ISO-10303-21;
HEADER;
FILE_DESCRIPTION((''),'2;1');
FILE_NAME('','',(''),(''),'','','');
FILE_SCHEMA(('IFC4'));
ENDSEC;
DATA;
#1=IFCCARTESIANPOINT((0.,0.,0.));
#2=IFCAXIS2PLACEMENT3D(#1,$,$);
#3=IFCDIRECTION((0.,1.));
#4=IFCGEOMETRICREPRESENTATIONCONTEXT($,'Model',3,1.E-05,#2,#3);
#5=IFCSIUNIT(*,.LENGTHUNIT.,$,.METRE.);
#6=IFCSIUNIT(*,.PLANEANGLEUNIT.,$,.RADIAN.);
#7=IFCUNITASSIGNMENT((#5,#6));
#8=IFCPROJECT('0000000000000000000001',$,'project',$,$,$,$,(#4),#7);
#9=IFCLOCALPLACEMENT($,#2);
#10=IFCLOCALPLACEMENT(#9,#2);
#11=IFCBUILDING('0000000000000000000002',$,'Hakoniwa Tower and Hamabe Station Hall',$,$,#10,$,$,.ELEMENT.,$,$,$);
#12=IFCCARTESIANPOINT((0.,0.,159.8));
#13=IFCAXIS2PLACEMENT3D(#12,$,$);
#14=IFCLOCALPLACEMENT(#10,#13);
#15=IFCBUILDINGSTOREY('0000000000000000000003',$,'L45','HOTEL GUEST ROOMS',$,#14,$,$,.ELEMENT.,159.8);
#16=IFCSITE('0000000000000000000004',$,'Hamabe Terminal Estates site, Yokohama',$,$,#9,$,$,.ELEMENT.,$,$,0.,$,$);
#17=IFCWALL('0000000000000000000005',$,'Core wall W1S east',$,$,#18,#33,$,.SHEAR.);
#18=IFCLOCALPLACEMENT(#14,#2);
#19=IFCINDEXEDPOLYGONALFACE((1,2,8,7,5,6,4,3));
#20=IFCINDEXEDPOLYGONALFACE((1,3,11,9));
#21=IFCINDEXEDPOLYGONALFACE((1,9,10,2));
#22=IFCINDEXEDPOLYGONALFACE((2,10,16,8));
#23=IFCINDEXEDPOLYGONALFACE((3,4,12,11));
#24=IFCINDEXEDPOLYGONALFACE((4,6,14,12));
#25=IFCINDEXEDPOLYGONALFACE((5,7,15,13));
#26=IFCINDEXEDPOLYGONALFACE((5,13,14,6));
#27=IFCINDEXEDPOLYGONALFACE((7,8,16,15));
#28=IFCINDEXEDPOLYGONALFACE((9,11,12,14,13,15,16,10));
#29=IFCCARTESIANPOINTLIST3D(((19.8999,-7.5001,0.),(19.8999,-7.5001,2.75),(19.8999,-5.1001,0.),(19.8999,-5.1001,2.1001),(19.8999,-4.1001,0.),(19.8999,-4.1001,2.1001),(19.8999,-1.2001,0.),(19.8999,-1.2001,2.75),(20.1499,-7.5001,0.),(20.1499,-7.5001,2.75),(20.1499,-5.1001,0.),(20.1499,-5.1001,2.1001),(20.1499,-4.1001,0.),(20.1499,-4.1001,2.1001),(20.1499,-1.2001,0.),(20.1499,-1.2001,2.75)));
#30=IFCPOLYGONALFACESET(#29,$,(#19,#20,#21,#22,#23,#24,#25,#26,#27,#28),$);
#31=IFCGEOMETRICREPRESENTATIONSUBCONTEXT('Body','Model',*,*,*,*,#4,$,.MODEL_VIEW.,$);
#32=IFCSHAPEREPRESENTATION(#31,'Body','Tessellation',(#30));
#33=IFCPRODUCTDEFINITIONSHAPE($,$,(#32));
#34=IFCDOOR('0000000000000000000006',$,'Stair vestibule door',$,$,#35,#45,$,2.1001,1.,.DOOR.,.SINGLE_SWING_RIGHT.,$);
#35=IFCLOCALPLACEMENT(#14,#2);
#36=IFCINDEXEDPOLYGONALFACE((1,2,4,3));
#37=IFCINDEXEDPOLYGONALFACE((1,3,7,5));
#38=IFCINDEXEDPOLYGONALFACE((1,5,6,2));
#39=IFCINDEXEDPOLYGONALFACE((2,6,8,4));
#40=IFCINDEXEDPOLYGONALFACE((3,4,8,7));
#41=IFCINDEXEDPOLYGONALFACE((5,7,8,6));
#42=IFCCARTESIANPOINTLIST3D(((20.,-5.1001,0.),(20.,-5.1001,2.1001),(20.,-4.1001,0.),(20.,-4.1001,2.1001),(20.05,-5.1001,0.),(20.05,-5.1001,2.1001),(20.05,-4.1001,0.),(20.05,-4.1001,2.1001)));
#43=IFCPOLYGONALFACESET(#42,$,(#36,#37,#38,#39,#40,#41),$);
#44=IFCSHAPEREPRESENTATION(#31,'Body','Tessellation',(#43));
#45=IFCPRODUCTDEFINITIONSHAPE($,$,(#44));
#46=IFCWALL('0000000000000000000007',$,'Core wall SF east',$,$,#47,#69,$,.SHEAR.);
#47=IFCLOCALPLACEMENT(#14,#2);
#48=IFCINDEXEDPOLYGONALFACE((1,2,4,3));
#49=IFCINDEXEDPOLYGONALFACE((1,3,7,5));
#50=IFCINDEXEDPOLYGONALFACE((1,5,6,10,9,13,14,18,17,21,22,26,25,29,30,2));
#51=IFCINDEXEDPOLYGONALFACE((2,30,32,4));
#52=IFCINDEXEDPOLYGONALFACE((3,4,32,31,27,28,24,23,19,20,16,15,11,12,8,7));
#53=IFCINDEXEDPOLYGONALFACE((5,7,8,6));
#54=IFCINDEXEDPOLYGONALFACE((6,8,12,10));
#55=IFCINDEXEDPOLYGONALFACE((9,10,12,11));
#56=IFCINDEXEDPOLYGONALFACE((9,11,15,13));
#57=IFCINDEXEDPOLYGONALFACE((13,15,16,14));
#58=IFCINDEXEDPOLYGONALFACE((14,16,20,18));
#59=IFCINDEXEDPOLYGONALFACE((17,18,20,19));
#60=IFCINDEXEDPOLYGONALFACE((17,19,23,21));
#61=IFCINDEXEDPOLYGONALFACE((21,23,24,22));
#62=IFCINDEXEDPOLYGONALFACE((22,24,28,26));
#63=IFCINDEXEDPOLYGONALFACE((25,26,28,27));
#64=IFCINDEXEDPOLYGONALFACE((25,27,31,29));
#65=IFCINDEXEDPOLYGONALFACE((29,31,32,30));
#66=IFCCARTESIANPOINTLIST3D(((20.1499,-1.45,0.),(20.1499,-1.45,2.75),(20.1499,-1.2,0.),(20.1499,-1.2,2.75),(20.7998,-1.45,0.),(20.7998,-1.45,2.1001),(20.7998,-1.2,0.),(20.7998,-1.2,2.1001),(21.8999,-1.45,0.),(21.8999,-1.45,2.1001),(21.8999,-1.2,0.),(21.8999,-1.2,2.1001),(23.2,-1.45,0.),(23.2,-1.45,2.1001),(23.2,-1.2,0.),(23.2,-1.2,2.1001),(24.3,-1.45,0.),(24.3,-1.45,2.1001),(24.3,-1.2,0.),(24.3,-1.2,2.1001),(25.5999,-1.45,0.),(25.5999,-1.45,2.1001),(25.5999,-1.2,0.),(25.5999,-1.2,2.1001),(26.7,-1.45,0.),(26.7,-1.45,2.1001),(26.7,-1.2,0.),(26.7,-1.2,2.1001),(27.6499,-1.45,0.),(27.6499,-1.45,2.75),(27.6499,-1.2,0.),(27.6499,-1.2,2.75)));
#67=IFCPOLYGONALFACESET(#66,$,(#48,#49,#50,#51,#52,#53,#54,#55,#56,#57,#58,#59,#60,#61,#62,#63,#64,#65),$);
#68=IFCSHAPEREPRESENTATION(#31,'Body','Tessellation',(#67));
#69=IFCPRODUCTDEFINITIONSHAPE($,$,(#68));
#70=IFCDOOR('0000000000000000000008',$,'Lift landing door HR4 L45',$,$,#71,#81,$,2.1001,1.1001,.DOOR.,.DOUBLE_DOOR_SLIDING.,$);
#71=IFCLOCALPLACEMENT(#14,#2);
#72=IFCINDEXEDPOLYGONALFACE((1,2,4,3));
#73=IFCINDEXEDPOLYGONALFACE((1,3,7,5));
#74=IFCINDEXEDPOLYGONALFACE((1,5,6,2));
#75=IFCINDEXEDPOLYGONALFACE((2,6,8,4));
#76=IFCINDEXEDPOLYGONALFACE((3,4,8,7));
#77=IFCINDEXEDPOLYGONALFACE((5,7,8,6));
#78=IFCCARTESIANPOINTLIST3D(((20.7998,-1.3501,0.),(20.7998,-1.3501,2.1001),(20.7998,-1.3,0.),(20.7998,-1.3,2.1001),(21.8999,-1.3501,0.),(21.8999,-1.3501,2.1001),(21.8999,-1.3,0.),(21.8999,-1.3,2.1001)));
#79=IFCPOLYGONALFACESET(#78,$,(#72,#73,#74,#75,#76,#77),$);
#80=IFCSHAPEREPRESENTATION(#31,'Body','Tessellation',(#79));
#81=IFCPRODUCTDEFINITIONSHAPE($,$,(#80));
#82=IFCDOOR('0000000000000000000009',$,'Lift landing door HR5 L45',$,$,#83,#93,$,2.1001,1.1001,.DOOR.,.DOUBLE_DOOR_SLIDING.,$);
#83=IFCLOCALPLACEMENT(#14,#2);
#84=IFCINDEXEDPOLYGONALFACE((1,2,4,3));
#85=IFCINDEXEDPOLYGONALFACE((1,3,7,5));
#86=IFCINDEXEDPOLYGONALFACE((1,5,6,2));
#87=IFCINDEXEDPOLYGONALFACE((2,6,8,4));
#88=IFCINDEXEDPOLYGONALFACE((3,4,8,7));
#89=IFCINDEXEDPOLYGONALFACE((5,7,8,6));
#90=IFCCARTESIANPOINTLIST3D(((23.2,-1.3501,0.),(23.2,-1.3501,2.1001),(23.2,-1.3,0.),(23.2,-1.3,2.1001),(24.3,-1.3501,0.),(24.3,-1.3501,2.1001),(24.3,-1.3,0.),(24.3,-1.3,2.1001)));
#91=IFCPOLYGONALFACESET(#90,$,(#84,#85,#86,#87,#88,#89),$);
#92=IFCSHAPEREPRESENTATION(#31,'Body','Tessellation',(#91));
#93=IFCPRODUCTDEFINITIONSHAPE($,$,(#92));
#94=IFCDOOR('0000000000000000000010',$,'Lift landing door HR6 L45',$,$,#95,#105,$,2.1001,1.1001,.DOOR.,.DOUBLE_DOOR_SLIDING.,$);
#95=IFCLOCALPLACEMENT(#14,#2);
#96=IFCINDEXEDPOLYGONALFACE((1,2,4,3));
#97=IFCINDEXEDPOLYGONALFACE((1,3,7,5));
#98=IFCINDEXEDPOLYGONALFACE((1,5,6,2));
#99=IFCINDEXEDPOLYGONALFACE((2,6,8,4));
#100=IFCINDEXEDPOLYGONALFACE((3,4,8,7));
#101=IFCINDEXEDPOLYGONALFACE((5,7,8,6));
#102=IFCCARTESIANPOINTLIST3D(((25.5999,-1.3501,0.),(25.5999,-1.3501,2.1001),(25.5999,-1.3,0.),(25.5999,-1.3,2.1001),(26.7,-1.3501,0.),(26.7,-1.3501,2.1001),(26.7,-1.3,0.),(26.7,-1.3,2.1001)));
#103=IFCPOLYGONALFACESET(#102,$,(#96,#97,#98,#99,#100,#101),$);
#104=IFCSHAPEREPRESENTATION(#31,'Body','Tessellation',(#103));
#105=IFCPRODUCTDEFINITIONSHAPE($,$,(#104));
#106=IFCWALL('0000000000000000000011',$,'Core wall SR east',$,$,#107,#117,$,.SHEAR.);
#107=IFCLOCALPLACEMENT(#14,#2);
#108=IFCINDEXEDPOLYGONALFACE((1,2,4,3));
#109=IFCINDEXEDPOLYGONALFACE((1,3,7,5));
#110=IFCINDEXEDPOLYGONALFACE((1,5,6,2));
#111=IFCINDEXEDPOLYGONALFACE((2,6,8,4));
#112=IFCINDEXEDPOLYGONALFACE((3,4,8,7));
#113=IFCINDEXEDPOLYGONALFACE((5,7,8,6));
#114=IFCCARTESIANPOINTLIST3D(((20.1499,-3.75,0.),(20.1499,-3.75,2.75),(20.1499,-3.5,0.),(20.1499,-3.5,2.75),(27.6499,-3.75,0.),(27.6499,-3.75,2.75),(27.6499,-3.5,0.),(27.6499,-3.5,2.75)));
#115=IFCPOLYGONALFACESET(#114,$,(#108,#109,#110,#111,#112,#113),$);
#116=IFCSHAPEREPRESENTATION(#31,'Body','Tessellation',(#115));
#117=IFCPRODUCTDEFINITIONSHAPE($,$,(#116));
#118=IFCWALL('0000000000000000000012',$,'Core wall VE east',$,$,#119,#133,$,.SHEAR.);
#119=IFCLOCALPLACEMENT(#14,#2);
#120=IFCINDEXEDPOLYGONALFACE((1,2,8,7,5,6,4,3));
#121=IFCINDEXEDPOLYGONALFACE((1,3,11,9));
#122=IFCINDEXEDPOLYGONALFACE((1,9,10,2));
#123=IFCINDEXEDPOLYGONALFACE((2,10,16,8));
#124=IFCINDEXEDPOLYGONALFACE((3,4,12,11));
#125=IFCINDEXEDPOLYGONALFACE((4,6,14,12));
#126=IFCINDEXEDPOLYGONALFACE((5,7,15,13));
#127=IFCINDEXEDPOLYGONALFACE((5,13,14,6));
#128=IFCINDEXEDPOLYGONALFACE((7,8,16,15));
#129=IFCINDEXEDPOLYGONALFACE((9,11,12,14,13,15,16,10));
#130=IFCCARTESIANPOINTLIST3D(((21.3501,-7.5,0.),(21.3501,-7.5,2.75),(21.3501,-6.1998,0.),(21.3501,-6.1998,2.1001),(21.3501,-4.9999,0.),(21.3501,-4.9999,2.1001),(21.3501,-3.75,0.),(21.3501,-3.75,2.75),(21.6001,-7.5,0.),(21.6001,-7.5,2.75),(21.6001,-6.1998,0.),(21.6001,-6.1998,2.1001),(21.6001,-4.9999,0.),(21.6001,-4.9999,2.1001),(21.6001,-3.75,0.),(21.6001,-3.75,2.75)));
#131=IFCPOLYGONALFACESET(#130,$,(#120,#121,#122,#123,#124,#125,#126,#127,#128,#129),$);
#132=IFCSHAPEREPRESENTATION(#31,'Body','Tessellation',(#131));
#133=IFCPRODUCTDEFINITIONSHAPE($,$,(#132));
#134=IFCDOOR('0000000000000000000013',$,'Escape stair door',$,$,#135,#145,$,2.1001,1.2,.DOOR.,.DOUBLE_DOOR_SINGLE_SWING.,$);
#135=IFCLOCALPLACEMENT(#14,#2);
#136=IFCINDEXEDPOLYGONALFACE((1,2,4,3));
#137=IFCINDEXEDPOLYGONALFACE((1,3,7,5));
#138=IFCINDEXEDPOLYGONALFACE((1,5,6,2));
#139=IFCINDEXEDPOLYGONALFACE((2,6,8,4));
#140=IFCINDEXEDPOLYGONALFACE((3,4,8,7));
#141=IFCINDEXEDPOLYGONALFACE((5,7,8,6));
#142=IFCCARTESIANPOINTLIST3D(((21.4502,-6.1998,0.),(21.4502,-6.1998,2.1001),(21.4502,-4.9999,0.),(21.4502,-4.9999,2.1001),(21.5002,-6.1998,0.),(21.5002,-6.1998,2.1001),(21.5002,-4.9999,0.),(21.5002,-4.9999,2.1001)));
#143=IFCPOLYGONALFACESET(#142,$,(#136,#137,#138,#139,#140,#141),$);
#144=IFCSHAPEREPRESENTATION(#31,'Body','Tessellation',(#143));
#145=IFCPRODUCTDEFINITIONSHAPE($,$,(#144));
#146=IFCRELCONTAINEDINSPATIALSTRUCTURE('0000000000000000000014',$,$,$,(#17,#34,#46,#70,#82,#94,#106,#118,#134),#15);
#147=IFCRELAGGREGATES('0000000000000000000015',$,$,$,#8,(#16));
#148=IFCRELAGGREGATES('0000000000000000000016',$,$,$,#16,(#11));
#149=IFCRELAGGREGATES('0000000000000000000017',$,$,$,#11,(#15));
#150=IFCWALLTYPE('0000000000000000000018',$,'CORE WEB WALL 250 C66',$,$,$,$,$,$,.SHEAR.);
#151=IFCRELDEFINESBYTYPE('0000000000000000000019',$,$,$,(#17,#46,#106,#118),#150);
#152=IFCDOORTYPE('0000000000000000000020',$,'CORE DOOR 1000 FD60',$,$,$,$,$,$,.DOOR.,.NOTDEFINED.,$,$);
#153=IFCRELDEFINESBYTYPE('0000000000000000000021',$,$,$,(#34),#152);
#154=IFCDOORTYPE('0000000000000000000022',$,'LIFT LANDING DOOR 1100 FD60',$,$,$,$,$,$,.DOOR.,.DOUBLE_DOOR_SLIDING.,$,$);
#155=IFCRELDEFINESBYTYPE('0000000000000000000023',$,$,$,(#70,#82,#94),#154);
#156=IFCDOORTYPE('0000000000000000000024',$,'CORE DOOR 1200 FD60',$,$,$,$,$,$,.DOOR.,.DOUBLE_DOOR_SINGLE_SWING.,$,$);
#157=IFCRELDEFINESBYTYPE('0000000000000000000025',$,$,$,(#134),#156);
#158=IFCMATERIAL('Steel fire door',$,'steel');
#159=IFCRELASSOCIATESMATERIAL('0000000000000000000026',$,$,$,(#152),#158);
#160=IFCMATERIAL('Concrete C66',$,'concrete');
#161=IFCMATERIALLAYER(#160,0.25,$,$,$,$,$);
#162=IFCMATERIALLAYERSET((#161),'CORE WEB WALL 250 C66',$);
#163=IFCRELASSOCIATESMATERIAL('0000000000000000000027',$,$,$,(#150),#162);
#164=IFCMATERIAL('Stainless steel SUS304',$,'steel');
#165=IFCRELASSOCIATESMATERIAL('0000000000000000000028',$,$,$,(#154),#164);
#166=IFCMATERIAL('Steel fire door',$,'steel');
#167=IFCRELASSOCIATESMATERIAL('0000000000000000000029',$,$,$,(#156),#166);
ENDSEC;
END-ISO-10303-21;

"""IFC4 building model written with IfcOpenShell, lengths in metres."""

from ifc_helpers import new_model, si_unit, direction, frame, frame_2d, origin, place, context, subcontext, project, spatial, rectangle, extrude, material, layer, layer_set, type_object, element, fill, save


model = new_model("IFC4")

# Units and contexts
model_context = context("Model", 3, precision=1e-05, world=origin(), true_north=direction((0.0, 1.0)))
body_context = subcontext(model_context, "Body", "Model", "MODEL_VIEW")
ifc_project = project(units=[si_unit("LENGTHUNIT", "METRE"), si_unit("PLANEANGLEUNIT", "RADIAN")], contexts=[model_context])

# Site, building, storey
site_placement = place(None, origin())
site = spatial("IfcSite", under=ifc_project, at=site_placement, Name="Hamabe Terminal Estates site, Yokohama", CompositionType="ELEMENT", RefElevation=0.0)
building_placement = place(site_placement, origin())
building = spatial("IfcBuilding", under=site, at=building_placement, Name="Hakoniwa Tower and Hamabe Station Hall", CompositionType="ELEMENT")
storey_placement = place(building_placement, frame((0.0, 0.0, 159.8)))
storey = spatial("IfcBuildingStorey", under=building, at=storey_placement, Name="L45", Description="HOTEL GUEST ROOMS", CompositionType="ELEMENT", Elevation=159.8)

# Wall, opening, door
ifc_material_1 = material(Name="Steel fire door", Category="steel")
door_type_1 = type_object("IfcDoorType", Name="CORE DOOR 1000 FD60", OperationType="NOTDEFINED", PredefinedType="DOOR", material=ifc_material_1)
ifc_material_2 = material(Name="Concrete C66", Category="concrete")
ifc_layer_1 = layer(ifc_material_2, 0.25)
ifc_layer_set_1 = layer_set([ifc_layer_1], Name="CORE WEB WALL 250 C66")
wall_type_1 = type_object("IfcWallType", Name="CORE WEB WALL 250 C66", PredefinedType="SHEAR", material=ifc_layer_set_1)
wall_1_placement = place(storey_placement, frame((20.0249, -7.5, 0.0), z_axis=(0.0, 0.0, 1.0), x_axis=(0.0, 1.0, 0.0)))
wall_1 = element("IfcWall", 1, at=wall_1_placement, inside=storey, type_object=wall_type_1, Name="Core wall W1S east", PredefinedType="SHEAR", context=body_context, shape_type="SweptSolid", body=[
    extrude(rectangle(XDim=6.3, YDim=0.25, at=frame_2d((3.1499, 0.0))), origin(), (0.0, 0.0, 1.0), 2.75),
])
opening_1_placement = place(wall_1_placement, frame((2.3999, 0.0, 0.0)))
opening_1 = element("IfcOpeningElement", 2, at=opening_1_placement, cuts=wall_1, PredefinedType="OPENING", context=body_context, shape_type="SweptSolid", body=[
    extrude(rectangle(XDim=1.0, YDim=2.1001, at=frame_2d((0.5, 1.05))), frame((0.0, 0.135, 0.0), z_axis=(0.0, -1.0, 0.0), x_axis=(1.0, 0.0, 0.0)), (0.0, 0.0, 1.0), 0.27),
])
door_1_placement = place(opening_1_placement, origin())
door_1 = element("IfcDoor", 3, at=door_1_placement, inside=storey, type_object=door_type_1, Name="Stair vestibule door", OperationType="SINGLE_SWING_RIGHT", OverallHeight=2.1001, OverallWidth=1.0, PredefinedType="DOOR", context=body_context, shape_type="SweptSolid", body=[
    extrude(rectangle(XDim=1.0, YDim=2.1001, at=frame_2d((0.5, 1.05))), frame((0.0, 0.0249, 0.0), z_axis=(0.0, -1.0, 0.0), x_axis=(1.0, 0.0, 0.0)), (0.0, 0.0, 1.0), 0.05),
])
fill(opening_1, door_1)

# Wall, openings, doors
wall_2_placement = place(storey_placement, frame((20.1499, -1.325, 0.0), z_axis=(0.0, 0.0, 1.0), x_axis=(1.0, 0.0, 0.0)))
wall_2 = element("IfcWall", 4, at=wall_2_placement, inside=storey, type_object=wall_type_1, Name="Core wall SF east", PredefinedType="SHEAR", context=body_context, shape_type="SweptSolid", body=[
    extrude(rectangle(XDim=7.5, YDim=0.25, at=frame_2d((3.75, 0.0))), origin(), (0.0, 0.0, 1.0), 2.75),
])
opening_2_placement = place(wall_2_placement, frame((0.6499, 0.0, 0.0)))
opening_2 = element("IfcOpeningElement", 5, at=opening_2_placement, cuts=wall_2, PredefinedType="OPENING", context=body_context, shape_type="SweptSolid", body=[
    extrude(rectangle(XDim=1.1001, YDim=2.1001, at=frame_2d((0.55, 1.05))), frame((0.0, 0.135, 0.0), z_axis=(0.0, -1.0, 0.0), x_axis=(1.0, 0.0, 0.0)), (0.0, 0.0, 1.0), 0.27),
])
opening_3_placement = place(wall_2_placement, frame((3.05, 0.0, 0.0)))
opening_3 = element("IfcOpeningElement", 6, at=opening_3_placement, cuts=wall_2, PredefinedType="OPENING", context=body_context, shape_type="SweptSolid", body=[
    extrude(rectangle(XDim=1.1001, YDim=2.1001, at=frame_2d((0.55, 1.05))), frame((0.0, 0.135, 0.0), z_axis=(0.0, -1.0, 0.0), x_axis=(1.0, 0.0, 0.0)), (0.0, 0.0, 1.0), 0.27),
])
opening_4_placement = place(wall_2_placement, frame((5.45, 0.0, 0.0)))
opening_4 = element("IfcOpeningElement", 7, at=opening_4_placement, cuts=wall_2, PredefinedType="OPENING", context=body_context, shape_type="SweptSolid", body=[
    extrude(rectangle(XDim=1.1001, YDim=2.1001, at=frame_2d((0.55, 1.05))), frame((0.0, 0.135, 0.0), z_axis=(0.0, -1.0, 0.0), x_axis=(1.0, 0.0, 0.0)), (0.0, 0.0, 1.0), 0.27),
])
ifc_material_3 = material(Name="Stainless steel SUS304", Category="steel")
door_type_2 = type_object("IfcDoorType", Name="LIFT LANDING DOOR 1100 FD60", OperationType="DOUBLE_DOOR_SLIDING", PredefinedType="DOOR", material=ifc_material_3)
door_2_placement = place(opening_2_placement, origin())
door_2 = element("IfcDoor", 8, at=door_2_placement, inside=storey, type_object=door_type_2, Name="Lift landing door HR4 L45", OperationType="DOUBLE_DOOR_SLIDING", OverallHeight=2.1001, OverallWidth=1.1001, PredefinedType="DOOR", context=body_context, shape_type="SweptSolid", body=[
    extrude(rectangle(XDim=1.1001, YDim=2.1001, at=frame_2d((0.55, 1.05))), frame((0.0, 0.0249, 0.0), z_axis=(0.0, -1.0, 0.0), x_axis=(1.0, 0.0, 0.0)), (0.0, 0.0, 1.0), 0.05),
])
fill(opening_2, door_2)
door_3_placement = place(opening_3_placement, origin())
door_3 = element("IfcDoor", 9, at=door_3_placement, inside=storey, type_object=door_type_2, Name="Lift landing door HR5 L45", OperationType="DOUBLE_DOOR_SLIDING", OverallHeight=2.1001, OverallWidth=1.1001, PredefinedType="DOOR", context=body_context, shape_type="SweptSolid", body=[
    extrude(rectangle(XDim=1.1001, YDim=2.1001, at=frame_2d((0.55, 1.05))), frame((0.0, 0.0249, 0.0), z_axis=(0.0, -1.0, 0.0), x_axis=(1.0, 0.0, 0.0)), (0.0, 0.0, 1.0), 0.05),
])
fill(opening_3, door_3)
door_4_placement = place(opening_4_placement, origin())
door_4 = element("IfcDoor", 10, at=door_4_placement, inside=storey, type_object=door_type_2, Name="Lift landing door HR6 L45", OperationType="DOUBLE_DOOR_SLIDING", OverallHeight=2.1001, OverallWidth=1.1001, PredefinedType="DOOR", context=body_context, shape_type="SweptSolid", body=[
    extrude(rectangle(XDim=1.1001, YDim=2.1001, at=frame_2d((0.55, 1.05))), frame((0.0, 0.0249, 0.0), z_axis=(0.0, -1.0, 0.0), x_axis=(1.0, 0.0, 0.0)), (0.0, 0.0, 1.0), 0.05),
])
fill(opening_4, door_4)

# Wall
wall_3_placement = place(storey_placement, frame((20.1499, -3.625, 0.0), z_axis=(0.0, 0.0, 1.0), x_axis=(1.0, 0.0, 0.0)))
element("IfcWall", 11, at=wall_3_placement, inside=storey, type_object=wall_type_1, Name="Core wall SR east", PredefinedType="SHEAR", context=body_context, shape_type="SweptSolid", body=[
    extrude(rectangle(XDim=7.5, YDim=0.25, at=frame_2d((3.75, 0.0))), origin(), (0.0, 0.0, 1.0), 2.75),
])

# Wall, opening, door
wall_4_placement = place(storey_placement, frame((21.4751, -7.5, 0.0), z_axis=(0.0, 0.0, 1.0), x_axis=(0.0, 1.0, 0.0)))
wall_4 = element("IfcWall", 12, at=wall_4_placement, inside=storey, type_object=wall_type_1, Name="Core wall VE east", PredefinedType="SHEAR", context=body_context, shape_type="SweptSolid", body=[
    extrude(rectangle(XDim=3.75, YDim=0.25, at=frame_2d((1.875, 0.0))), origin(), (0.0, 0.0, 1.0), 2.75),
])
opening_5_placement = place(wall_4_placement, frame((1.3, 0.0, 0.0)))
opening_5 = element("IfcOpeningElement", 13, at=opening_5_placement, cuts=wall_4, PredefinedType="OPENING", context=body_context, shape_type="SweptSolid", body=[
    extrude(rectangle(XDim=1.2, YDim=2.1001, at=frame_2d((0.6001, 1.05))), frame((0.0, 0.135, 0.0), z_axis=(0.0, -1.0, 0.0), x_axis=(1.0, 0.0, 0.0)), (0.0, 0.0, 1.0), 0.27),
])
ifc_material_4 = material(Name="Steel fire door", Category="steel")
door_type_3 = type_object("IfcDoorType", Name="CORE DOOR 1200 FD60", OperationType="DOUBLE_DOOR_SINGLE_SWING", PredefinedType="DOOR", material=ifc_material_4)
door_5_placement = place(opening_5_placement, origin())
door_5 = element("IfcDoor", 14, at=door_5_placement, inside=storey, type_object=door_type_3, Name="Escape stair door", OperationType="DOUBLE_DOOR_SINGLE_SWING", OverallHeight=2.1001, OverallWidth=1.2, PredefinedType="DOOR", context=body_context, shape_type="SweptSolid", body=[
    extrude(rectangle(XDim=1.2, YDim=2.1001, at=frame_2d((0.6001, 1.05))), frame((0.0, 0.0249, 0.0), z_axis=(0.0, -1.0, 0.0), x_axis=(1.0, 0.0, 0.0)), (0.0, 0.0, 1.0), 0.05),
])
fill(opening_5, door_5)

save(model, "model.ifc")
